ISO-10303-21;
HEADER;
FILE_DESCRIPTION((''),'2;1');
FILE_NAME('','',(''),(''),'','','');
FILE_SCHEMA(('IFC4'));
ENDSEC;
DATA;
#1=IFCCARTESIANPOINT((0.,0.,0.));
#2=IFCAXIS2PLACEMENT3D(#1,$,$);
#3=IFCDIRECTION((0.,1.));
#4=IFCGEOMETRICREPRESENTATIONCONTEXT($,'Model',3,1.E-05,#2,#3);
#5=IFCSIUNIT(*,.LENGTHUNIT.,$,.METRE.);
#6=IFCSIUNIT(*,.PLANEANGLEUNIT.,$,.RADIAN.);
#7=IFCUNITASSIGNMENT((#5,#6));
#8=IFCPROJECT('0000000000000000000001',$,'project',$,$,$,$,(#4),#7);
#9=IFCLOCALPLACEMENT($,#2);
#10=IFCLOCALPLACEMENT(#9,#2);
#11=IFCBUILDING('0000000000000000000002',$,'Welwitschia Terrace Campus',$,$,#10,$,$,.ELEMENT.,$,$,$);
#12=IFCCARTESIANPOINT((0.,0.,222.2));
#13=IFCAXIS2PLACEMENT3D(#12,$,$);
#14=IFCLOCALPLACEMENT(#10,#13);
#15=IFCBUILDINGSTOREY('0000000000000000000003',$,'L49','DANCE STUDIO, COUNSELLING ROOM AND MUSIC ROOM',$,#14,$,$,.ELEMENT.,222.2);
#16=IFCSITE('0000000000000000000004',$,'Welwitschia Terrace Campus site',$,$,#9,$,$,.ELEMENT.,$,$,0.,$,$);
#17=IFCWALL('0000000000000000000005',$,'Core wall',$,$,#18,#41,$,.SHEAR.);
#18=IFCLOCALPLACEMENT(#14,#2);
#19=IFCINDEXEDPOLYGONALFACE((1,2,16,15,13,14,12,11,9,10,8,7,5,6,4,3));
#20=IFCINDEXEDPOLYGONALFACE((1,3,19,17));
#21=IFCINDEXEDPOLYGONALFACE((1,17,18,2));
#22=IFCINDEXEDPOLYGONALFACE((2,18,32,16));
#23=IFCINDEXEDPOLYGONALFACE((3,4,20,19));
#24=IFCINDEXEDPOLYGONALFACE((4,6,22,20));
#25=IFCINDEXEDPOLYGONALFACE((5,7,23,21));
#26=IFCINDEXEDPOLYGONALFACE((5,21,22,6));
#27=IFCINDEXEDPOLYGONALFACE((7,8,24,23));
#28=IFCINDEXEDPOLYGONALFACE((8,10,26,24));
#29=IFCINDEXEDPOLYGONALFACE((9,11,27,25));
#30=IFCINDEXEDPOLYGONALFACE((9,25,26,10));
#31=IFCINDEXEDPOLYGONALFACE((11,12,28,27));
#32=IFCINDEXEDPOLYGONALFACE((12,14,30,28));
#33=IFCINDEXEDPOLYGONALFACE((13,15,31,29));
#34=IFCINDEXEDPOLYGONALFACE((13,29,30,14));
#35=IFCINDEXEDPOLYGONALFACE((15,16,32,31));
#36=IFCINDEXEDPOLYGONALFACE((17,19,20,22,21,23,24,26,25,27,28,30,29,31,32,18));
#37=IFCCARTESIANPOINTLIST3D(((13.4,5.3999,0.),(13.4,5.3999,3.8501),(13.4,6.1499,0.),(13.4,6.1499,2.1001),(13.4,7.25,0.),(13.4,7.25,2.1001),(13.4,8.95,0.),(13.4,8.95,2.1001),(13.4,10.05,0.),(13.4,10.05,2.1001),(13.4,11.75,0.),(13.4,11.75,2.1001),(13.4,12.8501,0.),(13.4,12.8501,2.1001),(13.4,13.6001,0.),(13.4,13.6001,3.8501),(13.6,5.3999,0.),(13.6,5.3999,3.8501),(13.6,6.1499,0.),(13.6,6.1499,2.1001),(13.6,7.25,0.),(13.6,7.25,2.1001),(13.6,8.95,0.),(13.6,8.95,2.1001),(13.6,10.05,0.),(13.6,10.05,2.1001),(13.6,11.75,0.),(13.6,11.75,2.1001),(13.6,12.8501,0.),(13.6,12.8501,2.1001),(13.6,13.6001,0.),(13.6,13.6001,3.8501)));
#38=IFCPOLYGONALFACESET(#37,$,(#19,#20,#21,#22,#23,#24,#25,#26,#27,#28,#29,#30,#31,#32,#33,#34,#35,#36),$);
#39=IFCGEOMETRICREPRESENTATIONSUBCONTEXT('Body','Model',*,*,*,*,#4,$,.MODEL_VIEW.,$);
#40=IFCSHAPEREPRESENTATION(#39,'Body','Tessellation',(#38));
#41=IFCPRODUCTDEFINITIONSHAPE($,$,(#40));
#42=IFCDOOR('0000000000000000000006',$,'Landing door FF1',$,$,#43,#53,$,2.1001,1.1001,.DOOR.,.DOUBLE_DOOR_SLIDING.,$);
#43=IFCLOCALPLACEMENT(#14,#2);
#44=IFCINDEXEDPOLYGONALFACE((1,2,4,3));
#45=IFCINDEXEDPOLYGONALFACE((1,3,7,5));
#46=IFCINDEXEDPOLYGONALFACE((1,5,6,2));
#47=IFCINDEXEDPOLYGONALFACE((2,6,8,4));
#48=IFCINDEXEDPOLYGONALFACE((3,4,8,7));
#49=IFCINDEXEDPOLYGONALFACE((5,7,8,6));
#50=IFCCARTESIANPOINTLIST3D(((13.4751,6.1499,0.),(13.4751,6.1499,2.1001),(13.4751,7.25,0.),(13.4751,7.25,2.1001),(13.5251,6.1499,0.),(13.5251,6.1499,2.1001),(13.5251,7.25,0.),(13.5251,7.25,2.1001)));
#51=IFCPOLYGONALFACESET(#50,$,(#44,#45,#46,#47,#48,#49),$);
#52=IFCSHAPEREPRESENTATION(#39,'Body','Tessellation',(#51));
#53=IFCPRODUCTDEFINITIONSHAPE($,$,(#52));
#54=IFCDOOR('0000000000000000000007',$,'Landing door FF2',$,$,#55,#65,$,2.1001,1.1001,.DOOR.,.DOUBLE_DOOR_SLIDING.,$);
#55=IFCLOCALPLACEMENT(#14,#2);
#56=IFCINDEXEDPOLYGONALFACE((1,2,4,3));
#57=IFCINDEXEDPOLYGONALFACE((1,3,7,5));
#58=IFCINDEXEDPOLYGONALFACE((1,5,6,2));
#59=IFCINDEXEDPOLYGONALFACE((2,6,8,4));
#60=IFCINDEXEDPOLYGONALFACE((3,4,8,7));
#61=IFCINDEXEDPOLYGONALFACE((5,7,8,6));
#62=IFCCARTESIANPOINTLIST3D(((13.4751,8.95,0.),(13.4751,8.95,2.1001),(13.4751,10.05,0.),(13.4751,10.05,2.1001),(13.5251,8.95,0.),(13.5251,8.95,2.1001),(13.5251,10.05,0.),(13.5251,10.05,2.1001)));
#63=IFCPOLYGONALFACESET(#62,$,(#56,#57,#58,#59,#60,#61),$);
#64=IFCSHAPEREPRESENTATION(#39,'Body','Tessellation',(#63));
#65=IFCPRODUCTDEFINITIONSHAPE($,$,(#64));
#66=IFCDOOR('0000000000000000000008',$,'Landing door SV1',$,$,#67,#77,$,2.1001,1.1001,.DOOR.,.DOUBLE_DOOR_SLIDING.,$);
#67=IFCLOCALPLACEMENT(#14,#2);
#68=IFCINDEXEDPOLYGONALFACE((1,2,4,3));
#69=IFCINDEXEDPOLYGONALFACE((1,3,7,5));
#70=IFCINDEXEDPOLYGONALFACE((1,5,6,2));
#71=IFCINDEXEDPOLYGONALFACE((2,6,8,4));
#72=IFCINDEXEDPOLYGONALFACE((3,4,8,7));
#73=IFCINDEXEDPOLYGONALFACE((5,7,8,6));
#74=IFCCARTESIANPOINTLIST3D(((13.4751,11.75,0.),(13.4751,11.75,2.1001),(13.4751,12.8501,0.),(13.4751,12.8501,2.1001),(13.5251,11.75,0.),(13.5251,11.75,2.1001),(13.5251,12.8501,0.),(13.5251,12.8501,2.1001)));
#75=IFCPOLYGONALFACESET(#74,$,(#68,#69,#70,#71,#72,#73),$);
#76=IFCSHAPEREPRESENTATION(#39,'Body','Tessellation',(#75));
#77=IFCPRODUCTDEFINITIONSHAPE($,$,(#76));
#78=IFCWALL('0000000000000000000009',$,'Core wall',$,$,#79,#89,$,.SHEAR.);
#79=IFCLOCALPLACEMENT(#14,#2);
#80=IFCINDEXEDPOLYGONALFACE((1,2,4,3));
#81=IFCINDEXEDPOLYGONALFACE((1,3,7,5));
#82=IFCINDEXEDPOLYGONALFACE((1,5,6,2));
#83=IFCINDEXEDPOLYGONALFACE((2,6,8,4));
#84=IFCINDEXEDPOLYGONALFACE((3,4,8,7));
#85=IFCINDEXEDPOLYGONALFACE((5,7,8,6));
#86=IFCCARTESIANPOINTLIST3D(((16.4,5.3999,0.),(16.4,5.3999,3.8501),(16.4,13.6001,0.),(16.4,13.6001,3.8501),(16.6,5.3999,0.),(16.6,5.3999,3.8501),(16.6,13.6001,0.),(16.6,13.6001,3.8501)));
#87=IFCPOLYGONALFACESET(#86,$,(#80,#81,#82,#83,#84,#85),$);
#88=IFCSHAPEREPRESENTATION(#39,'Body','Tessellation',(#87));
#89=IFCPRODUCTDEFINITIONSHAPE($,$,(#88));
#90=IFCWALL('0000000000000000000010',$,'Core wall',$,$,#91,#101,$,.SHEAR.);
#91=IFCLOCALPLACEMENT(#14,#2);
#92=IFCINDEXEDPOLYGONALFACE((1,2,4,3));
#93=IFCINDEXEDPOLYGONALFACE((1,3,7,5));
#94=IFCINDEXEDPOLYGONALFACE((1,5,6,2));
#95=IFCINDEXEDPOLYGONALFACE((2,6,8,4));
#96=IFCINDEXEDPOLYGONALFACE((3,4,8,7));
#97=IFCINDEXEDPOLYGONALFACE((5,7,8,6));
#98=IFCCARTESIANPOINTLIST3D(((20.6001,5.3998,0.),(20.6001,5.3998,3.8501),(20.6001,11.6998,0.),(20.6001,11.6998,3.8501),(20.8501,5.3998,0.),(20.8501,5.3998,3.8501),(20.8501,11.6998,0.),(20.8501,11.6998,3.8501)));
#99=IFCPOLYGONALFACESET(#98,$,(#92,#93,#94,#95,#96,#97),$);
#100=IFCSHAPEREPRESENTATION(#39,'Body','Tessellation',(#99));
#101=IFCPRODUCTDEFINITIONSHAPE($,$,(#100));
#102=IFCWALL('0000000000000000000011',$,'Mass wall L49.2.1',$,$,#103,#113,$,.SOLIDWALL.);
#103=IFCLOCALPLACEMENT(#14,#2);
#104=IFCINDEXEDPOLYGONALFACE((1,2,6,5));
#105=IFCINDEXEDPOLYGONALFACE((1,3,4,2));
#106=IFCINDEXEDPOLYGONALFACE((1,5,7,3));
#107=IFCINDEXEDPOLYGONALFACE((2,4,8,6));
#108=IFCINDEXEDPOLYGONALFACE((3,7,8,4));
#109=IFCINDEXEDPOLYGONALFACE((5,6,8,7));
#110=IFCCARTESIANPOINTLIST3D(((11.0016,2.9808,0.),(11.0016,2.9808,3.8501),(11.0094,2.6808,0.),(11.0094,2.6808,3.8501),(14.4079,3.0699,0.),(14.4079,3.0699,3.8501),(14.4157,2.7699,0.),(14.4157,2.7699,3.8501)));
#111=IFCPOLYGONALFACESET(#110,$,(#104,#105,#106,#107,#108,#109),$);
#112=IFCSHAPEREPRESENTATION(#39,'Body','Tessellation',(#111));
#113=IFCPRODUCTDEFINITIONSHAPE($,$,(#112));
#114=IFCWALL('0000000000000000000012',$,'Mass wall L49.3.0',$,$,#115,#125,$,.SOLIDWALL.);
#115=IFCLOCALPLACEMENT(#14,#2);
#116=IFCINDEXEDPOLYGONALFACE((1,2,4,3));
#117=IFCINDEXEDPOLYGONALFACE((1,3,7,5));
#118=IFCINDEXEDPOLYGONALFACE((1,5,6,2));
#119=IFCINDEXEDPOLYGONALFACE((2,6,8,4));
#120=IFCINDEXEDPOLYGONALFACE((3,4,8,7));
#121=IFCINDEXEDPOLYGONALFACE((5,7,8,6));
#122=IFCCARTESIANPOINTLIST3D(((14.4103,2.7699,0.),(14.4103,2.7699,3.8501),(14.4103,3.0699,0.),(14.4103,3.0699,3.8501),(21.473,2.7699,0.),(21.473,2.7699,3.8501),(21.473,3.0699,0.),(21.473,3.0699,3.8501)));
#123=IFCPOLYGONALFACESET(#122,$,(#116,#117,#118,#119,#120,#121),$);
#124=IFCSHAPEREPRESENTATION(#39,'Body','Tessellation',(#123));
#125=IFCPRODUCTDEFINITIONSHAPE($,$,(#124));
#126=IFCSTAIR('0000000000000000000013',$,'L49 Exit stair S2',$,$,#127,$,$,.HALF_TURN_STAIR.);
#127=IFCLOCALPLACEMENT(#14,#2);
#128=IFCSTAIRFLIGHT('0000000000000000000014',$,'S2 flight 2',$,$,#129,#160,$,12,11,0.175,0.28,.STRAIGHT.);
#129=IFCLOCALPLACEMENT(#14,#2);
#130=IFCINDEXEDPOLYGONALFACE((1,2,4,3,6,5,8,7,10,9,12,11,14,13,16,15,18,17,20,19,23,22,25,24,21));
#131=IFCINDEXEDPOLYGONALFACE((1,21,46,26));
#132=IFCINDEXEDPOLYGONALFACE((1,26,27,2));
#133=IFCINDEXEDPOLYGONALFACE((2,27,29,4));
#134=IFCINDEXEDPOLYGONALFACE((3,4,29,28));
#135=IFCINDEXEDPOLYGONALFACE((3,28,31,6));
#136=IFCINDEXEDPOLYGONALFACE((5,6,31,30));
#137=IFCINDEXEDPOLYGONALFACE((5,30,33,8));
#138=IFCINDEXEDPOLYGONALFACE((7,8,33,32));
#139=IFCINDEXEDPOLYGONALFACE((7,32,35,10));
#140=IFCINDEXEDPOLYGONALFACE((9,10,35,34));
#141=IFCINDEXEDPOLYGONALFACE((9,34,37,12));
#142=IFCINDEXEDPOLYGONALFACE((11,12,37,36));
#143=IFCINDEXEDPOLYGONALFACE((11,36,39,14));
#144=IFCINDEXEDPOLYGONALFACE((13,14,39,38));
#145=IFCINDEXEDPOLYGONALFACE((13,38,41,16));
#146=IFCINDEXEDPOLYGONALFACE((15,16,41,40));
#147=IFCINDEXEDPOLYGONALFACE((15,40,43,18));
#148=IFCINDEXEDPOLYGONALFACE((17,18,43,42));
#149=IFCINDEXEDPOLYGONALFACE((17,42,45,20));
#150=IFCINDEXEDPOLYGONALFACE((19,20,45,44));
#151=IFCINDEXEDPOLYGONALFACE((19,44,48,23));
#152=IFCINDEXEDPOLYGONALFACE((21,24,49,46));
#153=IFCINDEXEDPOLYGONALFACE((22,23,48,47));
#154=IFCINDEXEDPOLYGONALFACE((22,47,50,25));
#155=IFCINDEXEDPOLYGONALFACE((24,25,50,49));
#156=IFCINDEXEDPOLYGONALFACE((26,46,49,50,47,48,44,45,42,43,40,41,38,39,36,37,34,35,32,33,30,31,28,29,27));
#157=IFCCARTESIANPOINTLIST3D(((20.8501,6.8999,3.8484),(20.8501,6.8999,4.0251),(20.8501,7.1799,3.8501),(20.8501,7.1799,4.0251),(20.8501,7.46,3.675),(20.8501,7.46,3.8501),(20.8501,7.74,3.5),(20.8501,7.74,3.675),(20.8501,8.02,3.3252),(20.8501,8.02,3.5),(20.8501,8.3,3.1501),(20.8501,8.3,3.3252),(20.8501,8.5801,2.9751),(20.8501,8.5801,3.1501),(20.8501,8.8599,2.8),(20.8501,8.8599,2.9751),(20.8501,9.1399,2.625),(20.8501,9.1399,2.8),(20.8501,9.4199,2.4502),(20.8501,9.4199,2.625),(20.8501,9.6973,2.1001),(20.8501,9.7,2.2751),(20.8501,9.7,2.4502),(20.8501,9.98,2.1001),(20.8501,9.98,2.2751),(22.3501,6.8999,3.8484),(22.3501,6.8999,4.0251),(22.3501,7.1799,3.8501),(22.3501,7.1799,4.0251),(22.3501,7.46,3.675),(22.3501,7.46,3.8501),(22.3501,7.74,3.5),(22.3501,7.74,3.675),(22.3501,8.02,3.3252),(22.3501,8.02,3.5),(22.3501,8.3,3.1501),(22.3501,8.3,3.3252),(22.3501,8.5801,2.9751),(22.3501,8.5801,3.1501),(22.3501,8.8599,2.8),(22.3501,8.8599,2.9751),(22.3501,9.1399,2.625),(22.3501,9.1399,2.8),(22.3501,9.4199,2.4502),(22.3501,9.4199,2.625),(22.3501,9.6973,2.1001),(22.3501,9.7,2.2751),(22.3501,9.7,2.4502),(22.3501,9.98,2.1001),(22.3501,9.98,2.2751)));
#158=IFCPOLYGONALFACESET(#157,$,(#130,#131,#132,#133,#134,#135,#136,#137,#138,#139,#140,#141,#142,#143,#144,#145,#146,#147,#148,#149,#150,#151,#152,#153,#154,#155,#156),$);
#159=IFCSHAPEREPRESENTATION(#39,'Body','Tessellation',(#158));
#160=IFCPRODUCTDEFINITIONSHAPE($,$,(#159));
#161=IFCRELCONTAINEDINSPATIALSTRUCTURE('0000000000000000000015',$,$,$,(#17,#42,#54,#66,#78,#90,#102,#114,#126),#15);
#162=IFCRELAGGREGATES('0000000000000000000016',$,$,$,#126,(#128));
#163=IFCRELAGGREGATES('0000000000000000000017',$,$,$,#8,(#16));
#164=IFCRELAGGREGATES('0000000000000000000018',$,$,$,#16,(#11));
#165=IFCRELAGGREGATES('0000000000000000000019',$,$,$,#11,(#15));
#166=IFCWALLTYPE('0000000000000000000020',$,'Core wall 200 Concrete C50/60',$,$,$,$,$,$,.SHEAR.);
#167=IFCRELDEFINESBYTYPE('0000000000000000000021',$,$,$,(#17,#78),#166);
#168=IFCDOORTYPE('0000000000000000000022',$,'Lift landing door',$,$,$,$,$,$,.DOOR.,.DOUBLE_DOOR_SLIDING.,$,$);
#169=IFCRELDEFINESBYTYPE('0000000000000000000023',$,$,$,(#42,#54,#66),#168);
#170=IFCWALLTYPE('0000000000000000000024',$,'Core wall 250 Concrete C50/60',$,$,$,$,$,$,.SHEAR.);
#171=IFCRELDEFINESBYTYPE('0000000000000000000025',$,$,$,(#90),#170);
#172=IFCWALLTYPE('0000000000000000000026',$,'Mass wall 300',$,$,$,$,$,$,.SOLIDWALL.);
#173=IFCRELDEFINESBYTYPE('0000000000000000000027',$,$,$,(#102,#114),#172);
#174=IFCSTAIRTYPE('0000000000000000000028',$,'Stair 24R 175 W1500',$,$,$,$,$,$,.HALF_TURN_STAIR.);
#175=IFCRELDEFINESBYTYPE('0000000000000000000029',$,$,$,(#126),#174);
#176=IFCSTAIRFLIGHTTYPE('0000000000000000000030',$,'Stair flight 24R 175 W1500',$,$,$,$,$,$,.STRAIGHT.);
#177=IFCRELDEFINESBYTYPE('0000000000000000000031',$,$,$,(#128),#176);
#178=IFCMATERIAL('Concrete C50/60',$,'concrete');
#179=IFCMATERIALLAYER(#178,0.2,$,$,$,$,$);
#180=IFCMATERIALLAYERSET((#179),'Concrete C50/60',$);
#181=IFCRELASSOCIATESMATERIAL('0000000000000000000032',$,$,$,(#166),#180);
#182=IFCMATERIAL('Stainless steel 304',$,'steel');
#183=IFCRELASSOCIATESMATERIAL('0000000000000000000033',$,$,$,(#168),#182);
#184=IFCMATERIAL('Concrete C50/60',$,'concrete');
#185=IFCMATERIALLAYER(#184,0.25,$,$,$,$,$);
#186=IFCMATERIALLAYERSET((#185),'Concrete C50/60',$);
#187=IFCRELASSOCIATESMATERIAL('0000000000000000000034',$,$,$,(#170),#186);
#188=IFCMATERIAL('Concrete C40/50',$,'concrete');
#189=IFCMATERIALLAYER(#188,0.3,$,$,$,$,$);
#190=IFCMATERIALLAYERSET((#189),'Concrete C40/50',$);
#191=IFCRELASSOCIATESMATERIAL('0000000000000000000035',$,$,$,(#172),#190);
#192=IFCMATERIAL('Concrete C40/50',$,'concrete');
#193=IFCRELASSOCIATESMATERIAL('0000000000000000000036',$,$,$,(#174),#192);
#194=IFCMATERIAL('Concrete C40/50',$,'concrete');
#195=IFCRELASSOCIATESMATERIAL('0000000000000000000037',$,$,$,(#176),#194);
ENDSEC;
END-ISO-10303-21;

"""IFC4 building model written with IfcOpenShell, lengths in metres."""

from ifc_helpers import new_model, si_unit, direction, frame, frame_2d, origin, place, context, subcontext, project, spatial, polyline, rectangle, outline, extrude, material, layer, layer_set, type_object, element, fill, aggregate, save


model = new_model("IFC4")

# Units and contexts
model_context = context("Model", 3, precision=1e-05, world=origin(), true_north=direction((0.0, 1.0)))
body_context = subcontext(model_context, "Body", "Model", "MODEL_VIEW")
ifc_project = project(units=[si_unit("LENGTHUNIT", "METRE"), si_unit("PLANEANGLEUNIT", "RADIAN")], contexts=[model_context])

# Site, building, storey
site_placement = place(None, origin())
site = spatial("IfcSite", under=ifc_project, at=site_placement, Name="Welwitschia Terrace Campus site", CompositionType="ELEMENT", RefElevation=0.0)
building_placement = place(site_placement, origin())
building = spatial("IfcBuilding", under=site, at=building_placement, Name="Welwitschia Terrace Campus", CompositionType="ELEMENT")
storey_placement = place(building_placement, frame((0.0, 0.0, 222.2)))
storey = spatial("IfcBuildingStorey", under=building, at=storey_placement, Name="L49", Description="DANCE STUDIO, COUNSELLING ROOM AND MUSIC ROOM", CompositionType="ELEMENT", Elevation=222.2)

# Shared definitions
ifc_material_1 = material(Name="Concrete C50/60", Category="concrete")
ifc_layer_1 = layer(ifc_material_1, 0.2)
ifc_layer_set_1 = layer_set([ifc_layer_1], Name="Concrete C50/60")
wall_type_1 = type_object("IfcWallType", Name="Core wall 200 Concrete C50/60", PredefinedType="SHEAR", material=ifc_layer_set_1)

# Wall, openings, doors
wall_1_placement = place(storey_placement, frame((13.5, 5.3999, 0.0), z_axis=(0.0, 0.0, 1.0), x_axis=(0.0, 1.0, 0.0)))
wall_1 = element("IfcWall", 1, at=wall_1_placement, inside=storey, type_object=wall_type_1, Name="Core wall", PredefinedType="SHEAR", context=body_context, shape_type="SweptSolid", body=[
    extrude(rectangle(XDim=8.2002, YDim=0.2, at=frame_2d((4.1001, 0.0))), origin(), (0.0, 0.0, 1.0), 3.8501),
])
opening_1_placement = place(wall_1_placement, frame((0.75, 0.0, 0.0)))
opening_1 = element("IfcOpeningElement", 2, at=opening_1_placement, cuts=wall_1, PredefinedType="OPENING", context=body_context, shape_type="SweptSolid", body=[
    extrude(rectangle(XDim=1.1001, YDim=2.1001, at=frame_2d((0.55, 1.05))), frame((0.0, 0.1099, 0.0), z_axis=(0.0, -1.0, 0.0), x_axis=(1.0, 0.0, 0.0)), (0.0, 0.0, 1.0), 0.22),
])
opening_2_placement = place(wall_1_placement, frame((3.55, 0.0, 0.0)))
opening_2 = element("IfcOpeningElement", 3, at=opening_2_placement, cuts=wall_1, PredefinedType="OPENING", context=body_context, shape_type="SweptSolid", body=[
    extrude(rectangle(XDim=1.1001, YDim=2.1001, at=frame_2d((0.55, 1.05))), frame((0.0, 0.1099, 0.0), z_axis=(0.0, -1.0, 0.0), x_axis=(1.0, 0.0, 0.0)), (0.0, 0.0, 1.0), 0.22),
])
opening_3_placement = place(wall_1_placement, frame((6.3501, 0.0, 0.0)))
opening_3 = element("IfcOpeningElement", 4, at=opening_3_placement, cuts=wall_1, PredefinedType="OPENING", context=body_context, shape_type="SweptSolid", body=[
    extrude(rectangle(XDim=1.1001, YDim=2.1001, at=frame_2d((0.55, 1.05))), frame((0.0, 0.1099, 0.0), z_axis=(0.0, -1.0, 0.0), x_axis=(1.0, 0.0, 0.0)), (0.0, 0.0, 1.0), 0.22),
])
ifc_material_2 = material(Name="Stainless steel 304", Category="steel")
door_type = type_object("IfcDoorType", Name="Lift landing door", OperationType="DOUBLE_DOOR_SLIDING", PredefinedType="DOOR", material=ifc_material_2)
door_1_placement = place(opening_1_placement, origin())
door_1 = element("IfcDoor", 5, at=door_1_placement, inside=storey, type_object=door_type, Name="Landing door FF1", OperationType="DOUBLE_DOOR_SLIDING", OverallHeight=2.1001, OverallWidth=1.1001, PredefinedType="DOOR", context=body_context, shape_type="SweptSolid", body=[
    extrude(rectangle(XDim=1.1001, YDim=2.1001, at=frame_2d((0.55, 1.05))), frame((0.0, 0.0249, 0.0), z_axis=(0.0, -1.0, 0.0), x_axis=(1.0, 0.0, 0.0)), (0.0, 0.0, 1.0), 0.05),
])
fill(opening_1, door_1)
door_2_placement = place(opening_2_placement, origin())
door_2 = element("IfcDoor", 6, at=door_2_placement, inside=storey, type_object=door_type, Name="Landing door FF2", OperationType="DOUBLE_DOOR_SLIDING", OverallHeight=2.1001, OverallWidth=1.1001, PredefinedType="DOOR", context=body_context, shape_type="SweptSolid", body=[
    extrude(rectangle(XDim=1.1001, YDim=2.1001, at=frame_2d((0.55, 1.05))), frame((0.0, 0.0249, 0.0), z_axis=(0.0, -1.0, 0.0), x_axis=(1.0, 0.0, 0.0)), (0.0, 0.0, 1.0), 0.05),
])
fill(opening_2, door_2)
door_3_placement = place(opening_3_placement, origin())
door_3 = element("IfcDoor", 7, at=door_3_placement, inside=storey, type_object=door_type, Name="Landing door SV1", OperationType="DOUBLE_DOOR_SLIDING", OverallHeight=2.1001, OverallWidth=1.1001, PredefinedType="DOOR", context=body_context, shape_type="SweptSolid", body=[
    extrude(rectangle(XDim=1.1001, YDim=2.1001, at=frame_2d((0.55, 1.05))), frame((0.0, 0.0249, 0.0), z_axis=(0.0, -1.0, 0.0), x_axis=(1.0, 0.0, 0.0)), (0.0, 0.0, 1.0), 0.05),
])
fill(opening_3, door_3)

# Walls
wall_2_placement = place(storey_placement, frame((16.5, 5.3999, 0.0), z_axis=(0.0, 0.0, 1.0), x_axis=(0.0, 1.0, 0.0)))
element("IfcWall", 8, at=wall_2_placement, inside=storey, type_object=wall_type_1, Name="Core wall", PredefinedType="SHEAR", context=body_context, shape_type="SweptSolid", body=[
    extrude(rectangle(XDim=8.2002, YDim=0.2, at=frame_2d((4.1001, 0.0))), origin(), (0.0, 0.0, 1.0), 3.8501),
])
ifc_material_3 = material(Name="Concrete C50/60", Category="concrete")
ifc_layer_2 = layer(ifc_material_3, 0.25)
ifc_layer_set_2 = layer_set([ifc_layer_2], Name="Concrete C50/60")
wall_type_2 = type_object("IfcWallType", Name="Core wall 250 Concrete C50/60", PredefinedType="SHEAR", material=ifc_layer_set_2)
wall_3_placement = place(storey_placement, frame((20.7251, 5.3999, 0.0), z_axis=(0.0, 0.0, 1.0), x_axis=(0.0, 1.0, 0.0)))
element("IfcWall", 9, at=wall_3_placement, inside=storey, type_object=wall_type_2, Name="Core wall", PredefinedType="SHEAR", context=body_context, shape_type="SweptSolid", body=[
    extrude(rectangle(XDim=6.3, YDim=0.25, at=frame_2d((3.1499, 0.0))), origin(), (0.0, 0.0, 1.0), 3.8501),
])
ifc_material_4 = material(Name="Concrete C40/50", Category="concrete")
ifc_layer_3 = layer(ifc_material_4, 0.3)
ifc_layer_set_3 = layer_set([ifc_layer_3], Name="Concrete C40/50")
wall_type_3 = type_object("IfcWallType", Name="Mass wall 300", PredefinedType="SOLIDWALL", material=ifc_layer_set_3)
wall_4_placement = place(storey_placement, frame((11.0056, 2.8308, 0.0), z_axis=(0.0, 0.0, 1.0), x_axis=(0.999658, 0.026152, 0.0)))
element("IfcWall", 10, at=wall_4_placement, inside=storey, type_object=wall_type_3, Name="Mass wall L49.2.1", PredefinedType="SOLIDWALL", context=body_context, shape_type="SweptSolid", body=[
    extrude(rectangle(XDim=3.4075, YDim=0.3, at=frame_2d((1.7036, 0.0))), origin(), (0.0, 0.0, 1.0), 3.8501),
])
wall_5_placement = place(storey_placement, frame((14.4104, 2.9199, 0.0), z_axis=(0.0, 0.0, 1.0), x_axis=(1.0, 0.0, 0.0)))
element("IfcWall", 11, at=wall_5_placement, inside=storey, type_object=wall_type_3, Name="Mass wall L49.3.0", PredefinedType="SOLIDWALL", context=body_context, shape_type="SweptSolid", body=[
    extrude(rectangle(XDim=7.0627, YDim=0.3, at=frame_2d((3.5312, 0.0))), origin(), (0.0, 0.0, 1.0), 3.8501),
])

# Stair, stair flight
ifc_material_5 = material(Name="Concrete C40/50", Category="concrete")
stair_type = type_object("IfcStairType", Name="Stair 24R 175 W1500", PredefinedType="HALF_TURN_STAIR", material=ifc_material_5)
stair_placement = place(storey_placement, origin())
stair = element("IfcStair", 12, at=stair_placement, inside=storey, type_object=stair_type, Name="L49 Exit stair S2", PredefinedType="HALF_TURN_STAIR")
ifc_material_6 = material(Name="Concrete C40/50", Category="concrete")
stair_flight_type = type_object("IfcStairFlightType", Name="Stair flight 24R 175 W1500", PredefinedType="STRAIGHT", material=ifc_material_6)
stair_flight_placement = place(storey_placement, frame((21.6001, 9.98, 2.1001), z_axis=(0.0, 0.0, 1.0), x_axis=(0.0, -1.0, 0.0)))
stair_flight = element("IfcStairFlight", 13, at=stair_flight_placement, type_object=stair_flight_type, Name="S2 flight 2", NumberOfRisers=12, NumberOfTreads=11, PredefinedType="STRAIGHT", RiserHeight=0.175, TreadLength=0.28, context=body_context, shape_type="SweptSolid", body=[
    extrude(outline(polyline([(0.0, 0.0), (0.0, 0.175), (0.28, 0.175), (0.28, 0.3501), (0.5601, 0.3501), (0.5601, 0.5249), (0.8401, 0.5249), (0.8401, 0.7), (1.1201, 0.7), (1.1201, 0.875), (1.3999, 0.875), (1.3999, 1.05), (1.6799, 1.05), (1.6799, 1.2251), (1.96, 1.2251), (1.96, 1.3999), (2.24, 1.3999), (2.24, 1.575), (2.52, 1.575), (2.52, 1.75), (2.8, 1.75), (2.8, 1.925), (3.0801, 1.925), (3.0801, 2.1001), (3.0801, 1.7483), (0.2827, 0.0), (0.0, 0.0)])), frame((0.0, 0.75, 0.0), z_axis=(0.0, -1.0, 0.0), x_axis=(1.0, 0.0, 0.0)), (0.0, 0.0, 1.0), 1.5),
])
aggregate(stair, [stair_flight])

save(model, "model.ifc")
